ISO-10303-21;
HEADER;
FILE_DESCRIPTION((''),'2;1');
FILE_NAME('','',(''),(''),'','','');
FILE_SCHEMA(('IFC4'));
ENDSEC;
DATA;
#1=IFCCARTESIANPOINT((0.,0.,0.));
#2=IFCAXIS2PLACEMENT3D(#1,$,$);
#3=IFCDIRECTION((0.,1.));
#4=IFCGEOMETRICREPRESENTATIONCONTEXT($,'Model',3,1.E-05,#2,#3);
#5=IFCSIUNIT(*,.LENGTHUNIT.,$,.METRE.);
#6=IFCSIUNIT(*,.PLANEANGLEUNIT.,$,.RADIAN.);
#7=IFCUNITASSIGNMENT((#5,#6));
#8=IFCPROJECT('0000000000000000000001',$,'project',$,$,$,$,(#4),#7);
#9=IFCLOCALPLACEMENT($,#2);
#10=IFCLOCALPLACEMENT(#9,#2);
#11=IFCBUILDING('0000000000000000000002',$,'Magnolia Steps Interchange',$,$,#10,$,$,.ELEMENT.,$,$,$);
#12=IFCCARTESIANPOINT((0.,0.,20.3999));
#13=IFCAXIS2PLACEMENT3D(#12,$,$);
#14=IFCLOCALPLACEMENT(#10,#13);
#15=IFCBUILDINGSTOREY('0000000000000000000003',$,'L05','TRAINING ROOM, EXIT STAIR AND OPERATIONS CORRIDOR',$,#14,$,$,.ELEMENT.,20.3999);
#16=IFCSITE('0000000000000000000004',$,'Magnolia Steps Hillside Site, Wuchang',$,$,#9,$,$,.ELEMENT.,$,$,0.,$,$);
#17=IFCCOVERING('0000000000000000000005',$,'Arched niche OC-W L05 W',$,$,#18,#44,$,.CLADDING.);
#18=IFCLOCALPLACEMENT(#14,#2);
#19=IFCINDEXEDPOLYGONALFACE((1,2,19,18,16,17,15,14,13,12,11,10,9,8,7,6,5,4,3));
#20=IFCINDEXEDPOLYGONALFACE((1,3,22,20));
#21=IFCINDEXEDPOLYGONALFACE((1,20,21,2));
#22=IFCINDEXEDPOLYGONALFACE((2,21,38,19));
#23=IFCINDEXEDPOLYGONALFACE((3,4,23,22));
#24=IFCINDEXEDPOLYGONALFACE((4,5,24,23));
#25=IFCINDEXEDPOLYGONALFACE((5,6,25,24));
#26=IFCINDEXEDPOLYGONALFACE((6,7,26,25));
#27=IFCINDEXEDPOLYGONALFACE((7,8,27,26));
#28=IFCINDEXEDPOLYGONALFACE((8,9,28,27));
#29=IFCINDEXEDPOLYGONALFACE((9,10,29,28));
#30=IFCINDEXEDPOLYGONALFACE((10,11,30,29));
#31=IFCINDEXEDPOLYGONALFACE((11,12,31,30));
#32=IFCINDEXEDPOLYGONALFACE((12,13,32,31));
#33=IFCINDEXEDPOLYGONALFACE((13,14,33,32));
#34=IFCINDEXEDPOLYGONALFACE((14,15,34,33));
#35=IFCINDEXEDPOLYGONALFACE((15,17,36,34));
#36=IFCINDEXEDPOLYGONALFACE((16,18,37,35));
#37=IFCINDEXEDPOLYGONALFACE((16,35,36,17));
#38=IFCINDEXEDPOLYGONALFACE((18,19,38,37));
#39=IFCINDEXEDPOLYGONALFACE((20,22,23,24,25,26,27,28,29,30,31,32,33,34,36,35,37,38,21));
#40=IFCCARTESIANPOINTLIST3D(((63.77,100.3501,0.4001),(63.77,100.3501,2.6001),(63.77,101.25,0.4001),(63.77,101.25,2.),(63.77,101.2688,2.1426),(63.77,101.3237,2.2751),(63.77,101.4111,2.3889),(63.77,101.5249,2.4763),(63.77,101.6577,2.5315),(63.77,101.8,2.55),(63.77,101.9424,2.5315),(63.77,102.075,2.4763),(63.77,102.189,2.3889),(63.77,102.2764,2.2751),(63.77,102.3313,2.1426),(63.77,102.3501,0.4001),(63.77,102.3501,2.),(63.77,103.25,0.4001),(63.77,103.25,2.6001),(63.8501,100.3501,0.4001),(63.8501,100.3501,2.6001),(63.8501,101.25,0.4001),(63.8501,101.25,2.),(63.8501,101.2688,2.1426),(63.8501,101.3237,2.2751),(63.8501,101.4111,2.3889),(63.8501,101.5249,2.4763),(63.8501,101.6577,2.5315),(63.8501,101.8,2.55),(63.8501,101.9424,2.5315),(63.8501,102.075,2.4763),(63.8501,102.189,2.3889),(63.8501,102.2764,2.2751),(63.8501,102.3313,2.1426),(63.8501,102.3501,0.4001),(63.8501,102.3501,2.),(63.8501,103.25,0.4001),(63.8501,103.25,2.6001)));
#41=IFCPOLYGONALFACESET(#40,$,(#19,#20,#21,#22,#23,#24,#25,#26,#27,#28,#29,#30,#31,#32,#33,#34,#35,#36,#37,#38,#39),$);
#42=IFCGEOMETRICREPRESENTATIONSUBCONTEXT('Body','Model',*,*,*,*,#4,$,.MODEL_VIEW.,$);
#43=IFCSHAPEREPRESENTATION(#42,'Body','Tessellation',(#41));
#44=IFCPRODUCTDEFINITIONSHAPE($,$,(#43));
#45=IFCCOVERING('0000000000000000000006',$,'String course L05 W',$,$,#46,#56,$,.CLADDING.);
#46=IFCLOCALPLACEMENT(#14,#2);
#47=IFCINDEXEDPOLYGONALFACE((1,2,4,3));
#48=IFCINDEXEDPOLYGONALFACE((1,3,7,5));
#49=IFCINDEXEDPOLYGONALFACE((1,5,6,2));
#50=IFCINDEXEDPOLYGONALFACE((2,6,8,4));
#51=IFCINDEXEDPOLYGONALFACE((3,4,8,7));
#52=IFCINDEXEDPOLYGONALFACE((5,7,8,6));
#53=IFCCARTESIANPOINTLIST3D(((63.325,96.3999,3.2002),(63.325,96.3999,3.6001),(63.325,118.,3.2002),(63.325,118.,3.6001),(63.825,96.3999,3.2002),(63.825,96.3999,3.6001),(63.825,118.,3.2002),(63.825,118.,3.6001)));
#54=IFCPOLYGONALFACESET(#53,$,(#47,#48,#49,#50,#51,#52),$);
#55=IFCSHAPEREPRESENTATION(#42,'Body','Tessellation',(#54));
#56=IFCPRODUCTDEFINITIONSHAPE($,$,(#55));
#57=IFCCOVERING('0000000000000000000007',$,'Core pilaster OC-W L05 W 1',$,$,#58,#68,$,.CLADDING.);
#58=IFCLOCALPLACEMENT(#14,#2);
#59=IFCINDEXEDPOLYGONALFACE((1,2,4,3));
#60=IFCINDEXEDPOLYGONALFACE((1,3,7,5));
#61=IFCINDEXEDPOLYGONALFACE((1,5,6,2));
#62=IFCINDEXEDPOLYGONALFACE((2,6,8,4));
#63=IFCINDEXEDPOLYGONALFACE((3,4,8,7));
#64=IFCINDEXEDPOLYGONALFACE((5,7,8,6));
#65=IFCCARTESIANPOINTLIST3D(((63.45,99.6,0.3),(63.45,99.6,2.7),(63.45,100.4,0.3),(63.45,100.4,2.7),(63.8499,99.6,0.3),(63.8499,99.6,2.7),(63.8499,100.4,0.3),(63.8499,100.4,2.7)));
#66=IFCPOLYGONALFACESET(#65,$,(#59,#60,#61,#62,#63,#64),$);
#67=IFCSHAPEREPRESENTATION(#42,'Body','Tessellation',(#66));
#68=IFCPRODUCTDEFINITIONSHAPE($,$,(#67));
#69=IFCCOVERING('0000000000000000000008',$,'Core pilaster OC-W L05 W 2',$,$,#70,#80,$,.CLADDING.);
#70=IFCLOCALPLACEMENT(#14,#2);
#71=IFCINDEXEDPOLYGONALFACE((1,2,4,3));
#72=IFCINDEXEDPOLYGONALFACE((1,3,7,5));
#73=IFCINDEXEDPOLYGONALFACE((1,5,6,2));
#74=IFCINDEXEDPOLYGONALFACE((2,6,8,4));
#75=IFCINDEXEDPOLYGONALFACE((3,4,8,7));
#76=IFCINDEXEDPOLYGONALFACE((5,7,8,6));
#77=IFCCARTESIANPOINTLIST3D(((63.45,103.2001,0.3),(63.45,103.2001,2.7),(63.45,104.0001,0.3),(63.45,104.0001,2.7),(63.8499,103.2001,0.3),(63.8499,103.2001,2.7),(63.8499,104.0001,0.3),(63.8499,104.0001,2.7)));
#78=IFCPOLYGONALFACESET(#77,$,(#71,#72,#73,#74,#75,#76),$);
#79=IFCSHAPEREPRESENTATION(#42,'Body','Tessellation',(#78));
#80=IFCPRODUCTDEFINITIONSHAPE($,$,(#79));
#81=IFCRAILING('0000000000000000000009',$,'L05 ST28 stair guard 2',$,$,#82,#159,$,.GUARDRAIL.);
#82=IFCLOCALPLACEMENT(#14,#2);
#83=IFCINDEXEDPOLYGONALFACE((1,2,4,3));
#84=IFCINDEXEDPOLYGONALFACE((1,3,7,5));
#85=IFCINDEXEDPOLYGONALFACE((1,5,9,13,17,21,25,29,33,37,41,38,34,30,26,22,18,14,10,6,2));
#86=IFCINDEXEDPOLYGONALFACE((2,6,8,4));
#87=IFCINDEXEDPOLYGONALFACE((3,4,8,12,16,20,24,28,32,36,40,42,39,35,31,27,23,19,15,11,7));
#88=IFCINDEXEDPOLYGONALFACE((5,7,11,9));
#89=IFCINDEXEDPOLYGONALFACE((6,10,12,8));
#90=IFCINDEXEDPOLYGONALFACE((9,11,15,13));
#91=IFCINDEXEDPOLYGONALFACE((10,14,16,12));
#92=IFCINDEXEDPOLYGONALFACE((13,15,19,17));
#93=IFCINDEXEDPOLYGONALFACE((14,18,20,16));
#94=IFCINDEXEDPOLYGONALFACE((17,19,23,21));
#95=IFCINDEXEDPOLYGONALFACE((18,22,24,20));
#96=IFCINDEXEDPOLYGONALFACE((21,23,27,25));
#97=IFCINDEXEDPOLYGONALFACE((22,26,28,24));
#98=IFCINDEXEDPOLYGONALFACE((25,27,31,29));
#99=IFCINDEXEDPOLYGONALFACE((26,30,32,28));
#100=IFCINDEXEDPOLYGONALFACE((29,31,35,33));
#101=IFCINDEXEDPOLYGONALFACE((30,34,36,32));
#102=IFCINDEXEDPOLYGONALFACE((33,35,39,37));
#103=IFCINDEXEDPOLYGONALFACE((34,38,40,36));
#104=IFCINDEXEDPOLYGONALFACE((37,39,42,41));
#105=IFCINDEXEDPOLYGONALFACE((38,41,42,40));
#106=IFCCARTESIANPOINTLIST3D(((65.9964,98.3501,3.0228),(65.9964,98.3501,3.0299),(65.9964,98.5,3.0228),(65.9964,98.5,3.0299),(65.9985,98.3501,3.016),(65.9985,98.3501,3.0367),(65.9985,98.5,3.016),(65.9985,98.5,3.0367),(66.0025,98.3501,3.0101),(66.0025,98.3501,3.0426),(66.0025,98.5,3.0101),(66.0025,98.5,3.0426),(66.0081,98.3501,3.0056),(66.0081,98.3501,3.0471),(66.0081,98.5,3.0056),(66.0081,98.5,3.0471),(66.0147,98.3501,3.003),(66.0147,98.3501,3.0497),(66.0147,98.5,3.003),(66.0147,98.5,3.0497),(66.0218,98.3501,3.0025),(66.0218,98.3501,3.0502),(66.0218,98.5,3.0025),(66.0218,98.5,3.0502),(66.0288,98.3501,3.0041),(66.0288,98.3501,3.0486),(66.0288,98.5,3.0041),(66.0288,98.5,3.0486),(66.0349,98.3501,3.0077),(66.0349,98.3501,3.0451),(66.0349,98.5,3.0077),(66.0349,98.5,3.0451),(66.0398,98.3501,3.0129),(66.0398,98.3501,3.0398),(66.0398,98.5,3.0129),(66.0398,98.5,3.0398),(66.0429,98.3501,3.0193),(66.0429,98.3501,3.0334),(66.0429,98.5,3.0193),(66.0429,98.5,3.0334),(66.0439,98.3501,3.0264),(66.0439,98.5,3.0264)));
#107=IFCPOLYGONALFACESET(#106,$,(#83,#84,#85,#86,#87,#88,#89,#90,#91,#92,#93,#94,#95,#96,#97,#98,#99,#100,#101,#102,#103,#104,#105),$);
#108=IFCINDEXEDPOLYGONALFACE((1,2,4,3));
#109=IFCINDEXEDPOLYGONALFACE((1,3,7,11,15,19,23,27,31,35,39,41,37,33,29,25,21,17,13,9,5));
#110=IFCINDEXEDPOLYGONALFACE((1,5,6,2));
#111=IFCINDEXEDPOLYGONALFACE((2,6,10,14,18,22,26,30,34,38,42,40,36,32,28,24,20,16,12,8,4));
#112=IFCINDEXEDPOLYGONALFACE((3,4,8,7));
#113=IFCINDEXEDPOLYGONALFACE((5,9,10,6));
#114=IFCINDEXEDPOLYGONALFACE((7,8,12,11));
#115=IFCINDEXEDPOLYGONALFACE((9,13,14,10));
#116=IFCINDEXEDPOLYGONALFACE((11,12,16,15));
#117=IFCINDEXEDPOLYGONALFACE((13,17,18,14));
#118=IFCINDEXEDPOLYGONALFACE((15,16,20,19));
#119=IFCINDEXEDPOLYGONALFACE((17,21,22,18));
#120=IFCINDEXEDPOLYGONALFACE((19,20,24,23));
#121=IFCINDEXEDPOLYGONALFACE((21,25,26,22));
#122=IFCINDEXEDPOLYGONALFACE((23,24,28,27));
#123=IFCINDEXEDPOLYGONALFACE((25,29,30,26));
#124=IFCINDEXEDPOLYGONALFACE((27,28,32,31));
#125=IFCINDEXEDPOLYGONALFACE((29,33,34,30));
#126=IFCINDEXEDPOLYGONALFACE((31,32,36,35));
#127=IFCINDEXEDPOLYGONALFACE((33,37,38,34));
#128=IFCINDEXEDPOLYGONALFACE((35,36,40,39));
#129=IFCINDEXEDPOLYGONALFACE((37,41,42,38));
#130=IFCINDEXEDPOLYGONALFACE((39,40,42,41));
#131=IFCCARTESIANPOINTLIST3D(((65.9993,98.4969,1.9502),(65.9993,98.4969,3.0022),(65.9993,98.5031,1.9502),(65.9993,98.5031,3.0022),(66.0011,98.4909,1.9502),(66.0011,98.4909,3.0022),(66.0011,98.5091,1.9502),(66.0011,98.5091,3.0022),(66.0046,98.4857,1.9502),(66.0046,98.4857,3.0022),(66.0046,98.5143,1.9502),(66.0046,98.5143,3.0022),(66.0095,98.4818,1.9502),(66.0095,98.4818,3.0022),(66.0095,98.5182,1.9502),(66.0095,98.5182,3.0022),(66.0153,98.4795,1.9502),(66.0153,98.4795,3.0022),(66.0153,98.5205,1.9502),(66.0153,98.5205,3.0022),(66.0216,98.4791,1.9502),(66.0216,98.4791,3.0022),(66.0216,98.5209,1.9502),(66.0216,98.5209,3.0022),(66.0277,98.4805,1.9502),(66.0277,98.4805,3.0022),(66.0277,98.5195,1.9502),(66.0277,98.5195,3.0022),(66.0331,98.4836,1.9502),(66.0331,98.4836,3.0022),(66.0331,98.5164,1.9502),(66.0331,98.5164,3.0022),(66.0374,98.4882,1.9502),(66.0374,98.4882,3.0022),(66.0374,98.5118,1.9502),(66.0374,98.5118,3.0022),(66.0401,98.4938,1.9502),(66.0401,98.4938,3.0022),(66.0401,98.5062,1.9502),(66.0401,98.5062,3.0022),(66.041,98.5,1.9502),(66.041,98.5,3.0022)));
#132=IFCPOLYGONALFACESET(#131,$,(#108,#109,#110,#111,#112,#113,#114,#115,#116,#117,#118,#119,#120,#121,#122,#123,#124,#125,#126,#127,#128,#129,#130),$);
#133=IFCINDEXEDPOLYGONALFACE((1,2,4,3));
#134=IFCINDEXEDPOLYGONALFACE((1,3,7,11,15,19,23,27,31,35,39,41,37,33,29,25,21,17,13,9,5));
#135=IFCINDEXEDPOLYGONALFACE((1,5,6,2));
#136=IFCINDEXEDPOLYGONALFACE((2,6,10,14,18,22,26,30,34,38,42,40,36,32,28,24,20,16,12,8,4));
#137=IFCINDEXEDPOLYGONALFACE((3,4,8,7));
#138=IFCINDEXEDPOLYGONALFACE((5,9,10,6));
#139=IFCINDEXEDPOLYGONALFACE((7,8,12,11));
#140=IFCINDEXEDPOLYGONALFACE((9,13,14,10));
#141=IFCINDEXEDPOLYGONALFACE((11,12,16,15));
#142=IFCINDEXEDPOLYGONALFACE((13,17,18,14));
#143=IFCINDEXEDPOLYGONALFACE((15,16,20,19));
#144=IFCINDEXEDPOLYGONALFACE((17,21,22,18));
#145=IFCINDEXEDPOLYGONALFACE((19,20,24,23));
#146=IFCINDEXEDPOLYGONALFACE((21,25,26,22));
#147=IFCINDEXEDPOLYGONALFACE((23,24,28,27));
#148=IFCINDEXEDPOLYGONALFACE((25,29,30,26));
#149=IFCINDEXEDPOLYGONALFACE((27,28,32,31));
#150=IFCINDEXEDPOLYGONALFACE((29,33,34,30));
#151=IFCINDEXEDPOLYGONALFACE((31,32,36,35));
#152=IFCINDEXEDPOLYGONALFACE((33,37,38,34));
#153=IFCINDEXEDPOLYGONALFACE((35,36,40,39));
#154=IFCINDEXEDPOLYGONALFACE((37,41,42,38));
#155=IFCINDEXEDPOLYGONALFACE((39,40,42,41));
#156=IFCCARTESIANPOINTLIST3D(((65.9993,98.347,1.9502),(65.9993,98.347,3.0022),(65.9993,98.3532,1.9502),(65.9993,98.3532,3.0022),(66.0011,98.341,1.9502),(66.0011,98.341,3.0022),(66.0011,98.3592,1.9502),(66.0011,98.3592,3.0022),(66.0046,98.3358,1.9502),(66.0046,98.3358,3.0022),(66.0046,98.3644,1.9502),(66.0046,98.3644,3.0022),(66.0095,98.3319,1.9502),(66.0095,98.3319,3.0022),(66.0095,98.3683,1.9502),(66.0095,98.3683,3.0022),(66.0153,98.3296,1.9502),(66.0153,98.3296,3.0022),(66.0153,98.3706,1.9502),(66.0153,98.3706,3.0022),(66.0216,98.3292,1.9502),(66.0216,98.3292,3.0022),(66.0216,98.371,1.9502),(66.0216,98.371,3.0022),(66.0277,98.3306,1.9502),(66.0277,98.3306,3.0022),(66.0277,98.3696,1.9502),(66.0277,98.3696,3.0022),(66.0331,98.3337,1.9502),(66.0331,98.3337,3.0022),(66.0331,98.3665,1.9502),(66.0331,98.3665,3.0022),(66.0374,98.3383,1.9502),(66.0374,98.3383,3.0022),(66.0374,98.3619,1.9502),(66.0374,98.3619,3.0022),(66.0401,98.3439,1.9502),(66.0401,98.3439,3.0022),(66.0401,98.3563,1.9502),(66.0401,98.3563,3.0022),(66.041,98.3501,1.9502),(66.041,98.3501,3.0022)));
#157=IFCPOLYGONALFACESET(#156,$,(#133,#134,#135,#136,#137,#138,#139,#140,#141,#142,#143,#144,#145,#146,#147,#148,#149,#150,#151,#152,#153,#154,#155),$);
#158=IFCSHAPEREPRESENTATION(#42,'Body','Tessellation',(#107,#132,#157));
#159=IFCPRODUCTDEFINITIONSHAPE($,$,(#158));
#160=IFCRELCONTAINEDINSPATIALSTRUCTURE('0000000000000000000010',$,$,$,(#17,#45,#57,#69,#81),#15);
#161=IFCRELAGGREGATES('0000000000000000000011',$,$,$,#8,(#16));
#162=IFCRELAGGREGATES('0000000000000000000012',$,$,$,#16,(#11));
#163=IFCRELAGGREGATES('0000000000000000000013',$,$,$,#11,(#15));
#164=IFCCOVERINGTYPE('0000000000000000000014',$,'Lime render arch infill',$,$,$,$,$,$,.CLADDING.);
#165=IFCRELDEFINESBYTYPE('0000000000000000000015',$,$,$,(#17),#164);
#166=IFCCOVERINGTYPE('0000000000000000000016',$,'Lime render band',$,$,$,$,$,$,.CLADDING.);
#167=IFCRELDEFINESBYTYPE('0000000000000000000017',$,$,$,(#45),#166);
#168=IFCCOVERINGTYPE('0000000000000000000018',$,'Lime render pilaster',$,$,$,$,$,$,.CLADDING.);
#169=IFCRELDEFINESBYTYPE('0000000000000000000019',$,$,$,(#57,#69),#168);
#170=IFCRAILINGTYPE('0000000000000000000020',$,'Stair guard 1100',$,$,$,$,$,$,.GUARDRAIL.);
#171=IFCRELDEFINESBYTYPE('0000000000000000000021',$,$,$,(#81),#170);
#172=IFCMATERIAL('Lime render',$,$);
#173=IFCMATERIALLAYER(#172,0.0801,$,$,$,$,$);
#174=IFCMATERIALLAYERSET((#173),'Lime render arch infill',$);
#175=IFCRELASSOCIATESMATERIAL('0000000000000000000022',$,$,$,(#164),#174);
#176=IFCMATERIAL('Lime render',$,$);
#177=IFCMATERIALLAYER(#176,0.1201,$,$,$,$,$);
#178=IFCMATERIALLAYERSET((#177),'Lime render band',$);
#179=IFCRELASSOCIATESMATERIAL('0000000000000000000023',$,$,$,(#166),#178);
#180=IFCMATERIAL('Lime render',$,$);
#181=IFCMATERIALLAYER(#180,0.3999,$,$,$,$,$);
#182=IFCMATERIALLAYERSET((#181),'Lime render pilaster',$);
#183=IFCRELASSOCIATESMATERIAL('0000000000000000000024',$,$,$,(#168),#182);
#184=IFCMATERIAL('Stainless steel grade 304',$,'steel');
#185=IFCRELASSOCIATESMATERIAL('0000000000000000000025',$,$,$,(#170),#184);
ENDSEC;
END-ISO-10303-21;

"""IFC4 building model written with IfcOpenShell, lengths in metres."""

from ifc_helpers import new_model, si_unit, direction, frame, origin, origin_2d, place, context, subcontext, project, spatial, polyline, rectangle, circle, outline, extrude, material, layer, layer_set, type_object, element, save


model = new_model("IFC4")

# Units and contexts
model_context = context("Model", 3, precision=1e-05, world=origin(), true_north=direction((0.0, 1.0)))
body_context = subcontext(model_context, "Body", "Model", "MODEL_VIEW")
ifc_project = project(units=[si_unit("LENGTHUNIT", "METRE"), si_unit("PLANEANGLEUNIT", "RADIAN")], contexts=[model_context])

# Site, building, storey
site_placement = place(None, origin())
site = spatial("IfcSite", under=ifc_project, at=site_placement, Name="Magnolia Steps Hillside Site, Wuchang", CompositionType="ELEMENT", RefElevation=0.0)
building_placement = place(site_placement, origin())
building = spatial("IfcBuilding", under=site, at=building_placement, Name="Magnolia Steps Interchange", CompositionType="ELEMENT")
storey_placement = place(building_placement, frame((0.0, 0.0, 20.3999)))
storey = spatial("IfcBuildingStorey", under=building, at=storey_placement, Name="L05", Description="TRAINING ROOM, EXIT STAIR AND OPERATIONS CORRIDOR", CompositionType="ELEMENT", Elevation=20.3999)

# Coverings
ifc_material_1 = material(Name="Lime render")
ifc_layer_1 = layer(ifc_material_1, 0.0801)
ifc_layer_set_1 = layer_set([ifc_layer_1], Name="Lime render arch infill")
covering_type_1 = type_object("IfcCoveringType", Name="Lime render arch infill", PredefinedType="CLADDING", material=ifc_layer_set_1)
covering_1_placement = place(storey_placement, frame((63.8501, 101.25, 0.4001), z_axis=(1.0, 0.0, 0.0), x_axis=(0.0, 0.0, 1.0)))
element("IfcCovering", 1, at=covering_1_placement, inside=storey, type_object=covering_type_1, Name="Arched niche OC-W L05 W", PredefinedType="CLADDING", context=body_context, shape_type="SweptSolid", body=[
    extrude(outline(polyline([(0.0, 0.0), (1.5999, 0.0), (1.7424, -0.0188), (1.875, -0.0737), (1.9888, -0.1611), (2.0762, -0.2749), (2.1313, -0.4077), (2.1499, -0.55), (2.1313, -0.6924), (2.0762, -0.825), (1.9888, -0.939), (1.875, -1.0264), (1.7424, -1.0813), (1.5999, -1.1001), (0.0, -1.1001), (0.0, -2.0), (2.2, -2.0), (2.2, 0.8999), (0.0, 0.8999), (0.0, 0.0)])), origin(), (0.0, 0.0, -1.0), 0.0801),
])
ifc_material_2 = material(Name="Lime render")
ifc_layer_2 = layer(ifc_material_2, 0.1201)
ifc_layer_set_2 = layer_set([ifc_layer_2], Name="Lime render band")
covering_type_2 = type_object("IfcCoveringType", Name="Lime render band", PredefinedType="CLADDING", material=ifc_layer_set_2)
covering_2_placement = place(storey_placement, frame((63.575, 107.2, 3.2002), z_axis=(0.0, 0.0, 1.0), x_axis=(1.0, 0.0, 0.0)))
element("IfcCovering", 2, at=covering_2_placement, inside=storey, type_object=covering_type_2, Name="String course L05 W", PredefinedType="CLADDING", context=body_context, shape_type="SweptSolid", body=[
    extrude(rectangle(XDim=0.5, YDim=21.6001, at=origin_2d()), origin(), (0.0, 0.0, 1.0), 0.3999),
])
ifc_material_3 = material(Name="Lime render")
ifc_layer_3 = layer(ifc_material_3, 0.3999)
ifc_layer_set_3 = layer_set([ifc_layer_3], Name="Lime render pilaster")
covering_type_3 = type_object("IfcCoveringType", Name="Lime render pilaster", PredefinedType="CLADDING", material=ifc_layer_set_3)
for number, where, z_axis, x_axis, name in (
    (3, (63.6499, 100.0, 0.3), (0.0, 0.0, 1.0), (1.0, 0.0, 0.0), "Core pilaster OC-W L05 W 1"),
    (4, (63.6499, 103.6001, 0.3), (0.0, 0.0, 1.0), (1.0, 0.0, 0.0), "Core pilaster OC-W L05 W 2"),
):
    element("IfcCovering", number, at=place(storey_placement, frame(where, z_axis=z_axis, x_axis=x_axis)), inside=storey, type_object=covering_type_3, Name=name, PredefinedType="CLADDING", context=body_context, shape_type="SweptSolid", body=[
        extrude(rectangle(XDim=0.3999, YDim=0.8, at=origin_2d()), origin(), (0.0, 0.0, 1.0), 2.3999),
    ])

# Railing
ifc_material_4 = material(Name="Stainless steel grade 304", Category="steel")
railing_type_1 = type_object("IfcRailingType", Name="Stair guard 1100", PredefinedType="GUARDRAIL", material=ifc_material_4)
railing_1_placement = place(storey_placement, frame((66.02, 98.5, 1.9502)))
element("IfcRailing", 5, at=railing_1_placement, inside=storey, type_object=railing_type_1, Name="L05 ST28 stair guard 2", PredefinedType="GUARDRAIL", context=body_context, shape_type="SweptSolid", body=[
    extrude(circle(Radius=0.0239, at=origin_2d()), frame((0.0, 0.0, 1.0762), z_axis=(0.0, -1.0, 0.0), x_axis=(1.0, 0.0, 0.0)), (0.0, 0.0, 1.0), 0.1499),
    extrude(circle(Radius=0.021, at=origin_2d()), origin(), (0.0, 0.0, 1.0), 1.052),
    extrude(circle(Radius=0.021, at=origin_2d()), frame((0.0, -0.1499, 0.0)), (0.0, 0.0, 1.0), 1.052),
])

save(model, "model.ifc")
